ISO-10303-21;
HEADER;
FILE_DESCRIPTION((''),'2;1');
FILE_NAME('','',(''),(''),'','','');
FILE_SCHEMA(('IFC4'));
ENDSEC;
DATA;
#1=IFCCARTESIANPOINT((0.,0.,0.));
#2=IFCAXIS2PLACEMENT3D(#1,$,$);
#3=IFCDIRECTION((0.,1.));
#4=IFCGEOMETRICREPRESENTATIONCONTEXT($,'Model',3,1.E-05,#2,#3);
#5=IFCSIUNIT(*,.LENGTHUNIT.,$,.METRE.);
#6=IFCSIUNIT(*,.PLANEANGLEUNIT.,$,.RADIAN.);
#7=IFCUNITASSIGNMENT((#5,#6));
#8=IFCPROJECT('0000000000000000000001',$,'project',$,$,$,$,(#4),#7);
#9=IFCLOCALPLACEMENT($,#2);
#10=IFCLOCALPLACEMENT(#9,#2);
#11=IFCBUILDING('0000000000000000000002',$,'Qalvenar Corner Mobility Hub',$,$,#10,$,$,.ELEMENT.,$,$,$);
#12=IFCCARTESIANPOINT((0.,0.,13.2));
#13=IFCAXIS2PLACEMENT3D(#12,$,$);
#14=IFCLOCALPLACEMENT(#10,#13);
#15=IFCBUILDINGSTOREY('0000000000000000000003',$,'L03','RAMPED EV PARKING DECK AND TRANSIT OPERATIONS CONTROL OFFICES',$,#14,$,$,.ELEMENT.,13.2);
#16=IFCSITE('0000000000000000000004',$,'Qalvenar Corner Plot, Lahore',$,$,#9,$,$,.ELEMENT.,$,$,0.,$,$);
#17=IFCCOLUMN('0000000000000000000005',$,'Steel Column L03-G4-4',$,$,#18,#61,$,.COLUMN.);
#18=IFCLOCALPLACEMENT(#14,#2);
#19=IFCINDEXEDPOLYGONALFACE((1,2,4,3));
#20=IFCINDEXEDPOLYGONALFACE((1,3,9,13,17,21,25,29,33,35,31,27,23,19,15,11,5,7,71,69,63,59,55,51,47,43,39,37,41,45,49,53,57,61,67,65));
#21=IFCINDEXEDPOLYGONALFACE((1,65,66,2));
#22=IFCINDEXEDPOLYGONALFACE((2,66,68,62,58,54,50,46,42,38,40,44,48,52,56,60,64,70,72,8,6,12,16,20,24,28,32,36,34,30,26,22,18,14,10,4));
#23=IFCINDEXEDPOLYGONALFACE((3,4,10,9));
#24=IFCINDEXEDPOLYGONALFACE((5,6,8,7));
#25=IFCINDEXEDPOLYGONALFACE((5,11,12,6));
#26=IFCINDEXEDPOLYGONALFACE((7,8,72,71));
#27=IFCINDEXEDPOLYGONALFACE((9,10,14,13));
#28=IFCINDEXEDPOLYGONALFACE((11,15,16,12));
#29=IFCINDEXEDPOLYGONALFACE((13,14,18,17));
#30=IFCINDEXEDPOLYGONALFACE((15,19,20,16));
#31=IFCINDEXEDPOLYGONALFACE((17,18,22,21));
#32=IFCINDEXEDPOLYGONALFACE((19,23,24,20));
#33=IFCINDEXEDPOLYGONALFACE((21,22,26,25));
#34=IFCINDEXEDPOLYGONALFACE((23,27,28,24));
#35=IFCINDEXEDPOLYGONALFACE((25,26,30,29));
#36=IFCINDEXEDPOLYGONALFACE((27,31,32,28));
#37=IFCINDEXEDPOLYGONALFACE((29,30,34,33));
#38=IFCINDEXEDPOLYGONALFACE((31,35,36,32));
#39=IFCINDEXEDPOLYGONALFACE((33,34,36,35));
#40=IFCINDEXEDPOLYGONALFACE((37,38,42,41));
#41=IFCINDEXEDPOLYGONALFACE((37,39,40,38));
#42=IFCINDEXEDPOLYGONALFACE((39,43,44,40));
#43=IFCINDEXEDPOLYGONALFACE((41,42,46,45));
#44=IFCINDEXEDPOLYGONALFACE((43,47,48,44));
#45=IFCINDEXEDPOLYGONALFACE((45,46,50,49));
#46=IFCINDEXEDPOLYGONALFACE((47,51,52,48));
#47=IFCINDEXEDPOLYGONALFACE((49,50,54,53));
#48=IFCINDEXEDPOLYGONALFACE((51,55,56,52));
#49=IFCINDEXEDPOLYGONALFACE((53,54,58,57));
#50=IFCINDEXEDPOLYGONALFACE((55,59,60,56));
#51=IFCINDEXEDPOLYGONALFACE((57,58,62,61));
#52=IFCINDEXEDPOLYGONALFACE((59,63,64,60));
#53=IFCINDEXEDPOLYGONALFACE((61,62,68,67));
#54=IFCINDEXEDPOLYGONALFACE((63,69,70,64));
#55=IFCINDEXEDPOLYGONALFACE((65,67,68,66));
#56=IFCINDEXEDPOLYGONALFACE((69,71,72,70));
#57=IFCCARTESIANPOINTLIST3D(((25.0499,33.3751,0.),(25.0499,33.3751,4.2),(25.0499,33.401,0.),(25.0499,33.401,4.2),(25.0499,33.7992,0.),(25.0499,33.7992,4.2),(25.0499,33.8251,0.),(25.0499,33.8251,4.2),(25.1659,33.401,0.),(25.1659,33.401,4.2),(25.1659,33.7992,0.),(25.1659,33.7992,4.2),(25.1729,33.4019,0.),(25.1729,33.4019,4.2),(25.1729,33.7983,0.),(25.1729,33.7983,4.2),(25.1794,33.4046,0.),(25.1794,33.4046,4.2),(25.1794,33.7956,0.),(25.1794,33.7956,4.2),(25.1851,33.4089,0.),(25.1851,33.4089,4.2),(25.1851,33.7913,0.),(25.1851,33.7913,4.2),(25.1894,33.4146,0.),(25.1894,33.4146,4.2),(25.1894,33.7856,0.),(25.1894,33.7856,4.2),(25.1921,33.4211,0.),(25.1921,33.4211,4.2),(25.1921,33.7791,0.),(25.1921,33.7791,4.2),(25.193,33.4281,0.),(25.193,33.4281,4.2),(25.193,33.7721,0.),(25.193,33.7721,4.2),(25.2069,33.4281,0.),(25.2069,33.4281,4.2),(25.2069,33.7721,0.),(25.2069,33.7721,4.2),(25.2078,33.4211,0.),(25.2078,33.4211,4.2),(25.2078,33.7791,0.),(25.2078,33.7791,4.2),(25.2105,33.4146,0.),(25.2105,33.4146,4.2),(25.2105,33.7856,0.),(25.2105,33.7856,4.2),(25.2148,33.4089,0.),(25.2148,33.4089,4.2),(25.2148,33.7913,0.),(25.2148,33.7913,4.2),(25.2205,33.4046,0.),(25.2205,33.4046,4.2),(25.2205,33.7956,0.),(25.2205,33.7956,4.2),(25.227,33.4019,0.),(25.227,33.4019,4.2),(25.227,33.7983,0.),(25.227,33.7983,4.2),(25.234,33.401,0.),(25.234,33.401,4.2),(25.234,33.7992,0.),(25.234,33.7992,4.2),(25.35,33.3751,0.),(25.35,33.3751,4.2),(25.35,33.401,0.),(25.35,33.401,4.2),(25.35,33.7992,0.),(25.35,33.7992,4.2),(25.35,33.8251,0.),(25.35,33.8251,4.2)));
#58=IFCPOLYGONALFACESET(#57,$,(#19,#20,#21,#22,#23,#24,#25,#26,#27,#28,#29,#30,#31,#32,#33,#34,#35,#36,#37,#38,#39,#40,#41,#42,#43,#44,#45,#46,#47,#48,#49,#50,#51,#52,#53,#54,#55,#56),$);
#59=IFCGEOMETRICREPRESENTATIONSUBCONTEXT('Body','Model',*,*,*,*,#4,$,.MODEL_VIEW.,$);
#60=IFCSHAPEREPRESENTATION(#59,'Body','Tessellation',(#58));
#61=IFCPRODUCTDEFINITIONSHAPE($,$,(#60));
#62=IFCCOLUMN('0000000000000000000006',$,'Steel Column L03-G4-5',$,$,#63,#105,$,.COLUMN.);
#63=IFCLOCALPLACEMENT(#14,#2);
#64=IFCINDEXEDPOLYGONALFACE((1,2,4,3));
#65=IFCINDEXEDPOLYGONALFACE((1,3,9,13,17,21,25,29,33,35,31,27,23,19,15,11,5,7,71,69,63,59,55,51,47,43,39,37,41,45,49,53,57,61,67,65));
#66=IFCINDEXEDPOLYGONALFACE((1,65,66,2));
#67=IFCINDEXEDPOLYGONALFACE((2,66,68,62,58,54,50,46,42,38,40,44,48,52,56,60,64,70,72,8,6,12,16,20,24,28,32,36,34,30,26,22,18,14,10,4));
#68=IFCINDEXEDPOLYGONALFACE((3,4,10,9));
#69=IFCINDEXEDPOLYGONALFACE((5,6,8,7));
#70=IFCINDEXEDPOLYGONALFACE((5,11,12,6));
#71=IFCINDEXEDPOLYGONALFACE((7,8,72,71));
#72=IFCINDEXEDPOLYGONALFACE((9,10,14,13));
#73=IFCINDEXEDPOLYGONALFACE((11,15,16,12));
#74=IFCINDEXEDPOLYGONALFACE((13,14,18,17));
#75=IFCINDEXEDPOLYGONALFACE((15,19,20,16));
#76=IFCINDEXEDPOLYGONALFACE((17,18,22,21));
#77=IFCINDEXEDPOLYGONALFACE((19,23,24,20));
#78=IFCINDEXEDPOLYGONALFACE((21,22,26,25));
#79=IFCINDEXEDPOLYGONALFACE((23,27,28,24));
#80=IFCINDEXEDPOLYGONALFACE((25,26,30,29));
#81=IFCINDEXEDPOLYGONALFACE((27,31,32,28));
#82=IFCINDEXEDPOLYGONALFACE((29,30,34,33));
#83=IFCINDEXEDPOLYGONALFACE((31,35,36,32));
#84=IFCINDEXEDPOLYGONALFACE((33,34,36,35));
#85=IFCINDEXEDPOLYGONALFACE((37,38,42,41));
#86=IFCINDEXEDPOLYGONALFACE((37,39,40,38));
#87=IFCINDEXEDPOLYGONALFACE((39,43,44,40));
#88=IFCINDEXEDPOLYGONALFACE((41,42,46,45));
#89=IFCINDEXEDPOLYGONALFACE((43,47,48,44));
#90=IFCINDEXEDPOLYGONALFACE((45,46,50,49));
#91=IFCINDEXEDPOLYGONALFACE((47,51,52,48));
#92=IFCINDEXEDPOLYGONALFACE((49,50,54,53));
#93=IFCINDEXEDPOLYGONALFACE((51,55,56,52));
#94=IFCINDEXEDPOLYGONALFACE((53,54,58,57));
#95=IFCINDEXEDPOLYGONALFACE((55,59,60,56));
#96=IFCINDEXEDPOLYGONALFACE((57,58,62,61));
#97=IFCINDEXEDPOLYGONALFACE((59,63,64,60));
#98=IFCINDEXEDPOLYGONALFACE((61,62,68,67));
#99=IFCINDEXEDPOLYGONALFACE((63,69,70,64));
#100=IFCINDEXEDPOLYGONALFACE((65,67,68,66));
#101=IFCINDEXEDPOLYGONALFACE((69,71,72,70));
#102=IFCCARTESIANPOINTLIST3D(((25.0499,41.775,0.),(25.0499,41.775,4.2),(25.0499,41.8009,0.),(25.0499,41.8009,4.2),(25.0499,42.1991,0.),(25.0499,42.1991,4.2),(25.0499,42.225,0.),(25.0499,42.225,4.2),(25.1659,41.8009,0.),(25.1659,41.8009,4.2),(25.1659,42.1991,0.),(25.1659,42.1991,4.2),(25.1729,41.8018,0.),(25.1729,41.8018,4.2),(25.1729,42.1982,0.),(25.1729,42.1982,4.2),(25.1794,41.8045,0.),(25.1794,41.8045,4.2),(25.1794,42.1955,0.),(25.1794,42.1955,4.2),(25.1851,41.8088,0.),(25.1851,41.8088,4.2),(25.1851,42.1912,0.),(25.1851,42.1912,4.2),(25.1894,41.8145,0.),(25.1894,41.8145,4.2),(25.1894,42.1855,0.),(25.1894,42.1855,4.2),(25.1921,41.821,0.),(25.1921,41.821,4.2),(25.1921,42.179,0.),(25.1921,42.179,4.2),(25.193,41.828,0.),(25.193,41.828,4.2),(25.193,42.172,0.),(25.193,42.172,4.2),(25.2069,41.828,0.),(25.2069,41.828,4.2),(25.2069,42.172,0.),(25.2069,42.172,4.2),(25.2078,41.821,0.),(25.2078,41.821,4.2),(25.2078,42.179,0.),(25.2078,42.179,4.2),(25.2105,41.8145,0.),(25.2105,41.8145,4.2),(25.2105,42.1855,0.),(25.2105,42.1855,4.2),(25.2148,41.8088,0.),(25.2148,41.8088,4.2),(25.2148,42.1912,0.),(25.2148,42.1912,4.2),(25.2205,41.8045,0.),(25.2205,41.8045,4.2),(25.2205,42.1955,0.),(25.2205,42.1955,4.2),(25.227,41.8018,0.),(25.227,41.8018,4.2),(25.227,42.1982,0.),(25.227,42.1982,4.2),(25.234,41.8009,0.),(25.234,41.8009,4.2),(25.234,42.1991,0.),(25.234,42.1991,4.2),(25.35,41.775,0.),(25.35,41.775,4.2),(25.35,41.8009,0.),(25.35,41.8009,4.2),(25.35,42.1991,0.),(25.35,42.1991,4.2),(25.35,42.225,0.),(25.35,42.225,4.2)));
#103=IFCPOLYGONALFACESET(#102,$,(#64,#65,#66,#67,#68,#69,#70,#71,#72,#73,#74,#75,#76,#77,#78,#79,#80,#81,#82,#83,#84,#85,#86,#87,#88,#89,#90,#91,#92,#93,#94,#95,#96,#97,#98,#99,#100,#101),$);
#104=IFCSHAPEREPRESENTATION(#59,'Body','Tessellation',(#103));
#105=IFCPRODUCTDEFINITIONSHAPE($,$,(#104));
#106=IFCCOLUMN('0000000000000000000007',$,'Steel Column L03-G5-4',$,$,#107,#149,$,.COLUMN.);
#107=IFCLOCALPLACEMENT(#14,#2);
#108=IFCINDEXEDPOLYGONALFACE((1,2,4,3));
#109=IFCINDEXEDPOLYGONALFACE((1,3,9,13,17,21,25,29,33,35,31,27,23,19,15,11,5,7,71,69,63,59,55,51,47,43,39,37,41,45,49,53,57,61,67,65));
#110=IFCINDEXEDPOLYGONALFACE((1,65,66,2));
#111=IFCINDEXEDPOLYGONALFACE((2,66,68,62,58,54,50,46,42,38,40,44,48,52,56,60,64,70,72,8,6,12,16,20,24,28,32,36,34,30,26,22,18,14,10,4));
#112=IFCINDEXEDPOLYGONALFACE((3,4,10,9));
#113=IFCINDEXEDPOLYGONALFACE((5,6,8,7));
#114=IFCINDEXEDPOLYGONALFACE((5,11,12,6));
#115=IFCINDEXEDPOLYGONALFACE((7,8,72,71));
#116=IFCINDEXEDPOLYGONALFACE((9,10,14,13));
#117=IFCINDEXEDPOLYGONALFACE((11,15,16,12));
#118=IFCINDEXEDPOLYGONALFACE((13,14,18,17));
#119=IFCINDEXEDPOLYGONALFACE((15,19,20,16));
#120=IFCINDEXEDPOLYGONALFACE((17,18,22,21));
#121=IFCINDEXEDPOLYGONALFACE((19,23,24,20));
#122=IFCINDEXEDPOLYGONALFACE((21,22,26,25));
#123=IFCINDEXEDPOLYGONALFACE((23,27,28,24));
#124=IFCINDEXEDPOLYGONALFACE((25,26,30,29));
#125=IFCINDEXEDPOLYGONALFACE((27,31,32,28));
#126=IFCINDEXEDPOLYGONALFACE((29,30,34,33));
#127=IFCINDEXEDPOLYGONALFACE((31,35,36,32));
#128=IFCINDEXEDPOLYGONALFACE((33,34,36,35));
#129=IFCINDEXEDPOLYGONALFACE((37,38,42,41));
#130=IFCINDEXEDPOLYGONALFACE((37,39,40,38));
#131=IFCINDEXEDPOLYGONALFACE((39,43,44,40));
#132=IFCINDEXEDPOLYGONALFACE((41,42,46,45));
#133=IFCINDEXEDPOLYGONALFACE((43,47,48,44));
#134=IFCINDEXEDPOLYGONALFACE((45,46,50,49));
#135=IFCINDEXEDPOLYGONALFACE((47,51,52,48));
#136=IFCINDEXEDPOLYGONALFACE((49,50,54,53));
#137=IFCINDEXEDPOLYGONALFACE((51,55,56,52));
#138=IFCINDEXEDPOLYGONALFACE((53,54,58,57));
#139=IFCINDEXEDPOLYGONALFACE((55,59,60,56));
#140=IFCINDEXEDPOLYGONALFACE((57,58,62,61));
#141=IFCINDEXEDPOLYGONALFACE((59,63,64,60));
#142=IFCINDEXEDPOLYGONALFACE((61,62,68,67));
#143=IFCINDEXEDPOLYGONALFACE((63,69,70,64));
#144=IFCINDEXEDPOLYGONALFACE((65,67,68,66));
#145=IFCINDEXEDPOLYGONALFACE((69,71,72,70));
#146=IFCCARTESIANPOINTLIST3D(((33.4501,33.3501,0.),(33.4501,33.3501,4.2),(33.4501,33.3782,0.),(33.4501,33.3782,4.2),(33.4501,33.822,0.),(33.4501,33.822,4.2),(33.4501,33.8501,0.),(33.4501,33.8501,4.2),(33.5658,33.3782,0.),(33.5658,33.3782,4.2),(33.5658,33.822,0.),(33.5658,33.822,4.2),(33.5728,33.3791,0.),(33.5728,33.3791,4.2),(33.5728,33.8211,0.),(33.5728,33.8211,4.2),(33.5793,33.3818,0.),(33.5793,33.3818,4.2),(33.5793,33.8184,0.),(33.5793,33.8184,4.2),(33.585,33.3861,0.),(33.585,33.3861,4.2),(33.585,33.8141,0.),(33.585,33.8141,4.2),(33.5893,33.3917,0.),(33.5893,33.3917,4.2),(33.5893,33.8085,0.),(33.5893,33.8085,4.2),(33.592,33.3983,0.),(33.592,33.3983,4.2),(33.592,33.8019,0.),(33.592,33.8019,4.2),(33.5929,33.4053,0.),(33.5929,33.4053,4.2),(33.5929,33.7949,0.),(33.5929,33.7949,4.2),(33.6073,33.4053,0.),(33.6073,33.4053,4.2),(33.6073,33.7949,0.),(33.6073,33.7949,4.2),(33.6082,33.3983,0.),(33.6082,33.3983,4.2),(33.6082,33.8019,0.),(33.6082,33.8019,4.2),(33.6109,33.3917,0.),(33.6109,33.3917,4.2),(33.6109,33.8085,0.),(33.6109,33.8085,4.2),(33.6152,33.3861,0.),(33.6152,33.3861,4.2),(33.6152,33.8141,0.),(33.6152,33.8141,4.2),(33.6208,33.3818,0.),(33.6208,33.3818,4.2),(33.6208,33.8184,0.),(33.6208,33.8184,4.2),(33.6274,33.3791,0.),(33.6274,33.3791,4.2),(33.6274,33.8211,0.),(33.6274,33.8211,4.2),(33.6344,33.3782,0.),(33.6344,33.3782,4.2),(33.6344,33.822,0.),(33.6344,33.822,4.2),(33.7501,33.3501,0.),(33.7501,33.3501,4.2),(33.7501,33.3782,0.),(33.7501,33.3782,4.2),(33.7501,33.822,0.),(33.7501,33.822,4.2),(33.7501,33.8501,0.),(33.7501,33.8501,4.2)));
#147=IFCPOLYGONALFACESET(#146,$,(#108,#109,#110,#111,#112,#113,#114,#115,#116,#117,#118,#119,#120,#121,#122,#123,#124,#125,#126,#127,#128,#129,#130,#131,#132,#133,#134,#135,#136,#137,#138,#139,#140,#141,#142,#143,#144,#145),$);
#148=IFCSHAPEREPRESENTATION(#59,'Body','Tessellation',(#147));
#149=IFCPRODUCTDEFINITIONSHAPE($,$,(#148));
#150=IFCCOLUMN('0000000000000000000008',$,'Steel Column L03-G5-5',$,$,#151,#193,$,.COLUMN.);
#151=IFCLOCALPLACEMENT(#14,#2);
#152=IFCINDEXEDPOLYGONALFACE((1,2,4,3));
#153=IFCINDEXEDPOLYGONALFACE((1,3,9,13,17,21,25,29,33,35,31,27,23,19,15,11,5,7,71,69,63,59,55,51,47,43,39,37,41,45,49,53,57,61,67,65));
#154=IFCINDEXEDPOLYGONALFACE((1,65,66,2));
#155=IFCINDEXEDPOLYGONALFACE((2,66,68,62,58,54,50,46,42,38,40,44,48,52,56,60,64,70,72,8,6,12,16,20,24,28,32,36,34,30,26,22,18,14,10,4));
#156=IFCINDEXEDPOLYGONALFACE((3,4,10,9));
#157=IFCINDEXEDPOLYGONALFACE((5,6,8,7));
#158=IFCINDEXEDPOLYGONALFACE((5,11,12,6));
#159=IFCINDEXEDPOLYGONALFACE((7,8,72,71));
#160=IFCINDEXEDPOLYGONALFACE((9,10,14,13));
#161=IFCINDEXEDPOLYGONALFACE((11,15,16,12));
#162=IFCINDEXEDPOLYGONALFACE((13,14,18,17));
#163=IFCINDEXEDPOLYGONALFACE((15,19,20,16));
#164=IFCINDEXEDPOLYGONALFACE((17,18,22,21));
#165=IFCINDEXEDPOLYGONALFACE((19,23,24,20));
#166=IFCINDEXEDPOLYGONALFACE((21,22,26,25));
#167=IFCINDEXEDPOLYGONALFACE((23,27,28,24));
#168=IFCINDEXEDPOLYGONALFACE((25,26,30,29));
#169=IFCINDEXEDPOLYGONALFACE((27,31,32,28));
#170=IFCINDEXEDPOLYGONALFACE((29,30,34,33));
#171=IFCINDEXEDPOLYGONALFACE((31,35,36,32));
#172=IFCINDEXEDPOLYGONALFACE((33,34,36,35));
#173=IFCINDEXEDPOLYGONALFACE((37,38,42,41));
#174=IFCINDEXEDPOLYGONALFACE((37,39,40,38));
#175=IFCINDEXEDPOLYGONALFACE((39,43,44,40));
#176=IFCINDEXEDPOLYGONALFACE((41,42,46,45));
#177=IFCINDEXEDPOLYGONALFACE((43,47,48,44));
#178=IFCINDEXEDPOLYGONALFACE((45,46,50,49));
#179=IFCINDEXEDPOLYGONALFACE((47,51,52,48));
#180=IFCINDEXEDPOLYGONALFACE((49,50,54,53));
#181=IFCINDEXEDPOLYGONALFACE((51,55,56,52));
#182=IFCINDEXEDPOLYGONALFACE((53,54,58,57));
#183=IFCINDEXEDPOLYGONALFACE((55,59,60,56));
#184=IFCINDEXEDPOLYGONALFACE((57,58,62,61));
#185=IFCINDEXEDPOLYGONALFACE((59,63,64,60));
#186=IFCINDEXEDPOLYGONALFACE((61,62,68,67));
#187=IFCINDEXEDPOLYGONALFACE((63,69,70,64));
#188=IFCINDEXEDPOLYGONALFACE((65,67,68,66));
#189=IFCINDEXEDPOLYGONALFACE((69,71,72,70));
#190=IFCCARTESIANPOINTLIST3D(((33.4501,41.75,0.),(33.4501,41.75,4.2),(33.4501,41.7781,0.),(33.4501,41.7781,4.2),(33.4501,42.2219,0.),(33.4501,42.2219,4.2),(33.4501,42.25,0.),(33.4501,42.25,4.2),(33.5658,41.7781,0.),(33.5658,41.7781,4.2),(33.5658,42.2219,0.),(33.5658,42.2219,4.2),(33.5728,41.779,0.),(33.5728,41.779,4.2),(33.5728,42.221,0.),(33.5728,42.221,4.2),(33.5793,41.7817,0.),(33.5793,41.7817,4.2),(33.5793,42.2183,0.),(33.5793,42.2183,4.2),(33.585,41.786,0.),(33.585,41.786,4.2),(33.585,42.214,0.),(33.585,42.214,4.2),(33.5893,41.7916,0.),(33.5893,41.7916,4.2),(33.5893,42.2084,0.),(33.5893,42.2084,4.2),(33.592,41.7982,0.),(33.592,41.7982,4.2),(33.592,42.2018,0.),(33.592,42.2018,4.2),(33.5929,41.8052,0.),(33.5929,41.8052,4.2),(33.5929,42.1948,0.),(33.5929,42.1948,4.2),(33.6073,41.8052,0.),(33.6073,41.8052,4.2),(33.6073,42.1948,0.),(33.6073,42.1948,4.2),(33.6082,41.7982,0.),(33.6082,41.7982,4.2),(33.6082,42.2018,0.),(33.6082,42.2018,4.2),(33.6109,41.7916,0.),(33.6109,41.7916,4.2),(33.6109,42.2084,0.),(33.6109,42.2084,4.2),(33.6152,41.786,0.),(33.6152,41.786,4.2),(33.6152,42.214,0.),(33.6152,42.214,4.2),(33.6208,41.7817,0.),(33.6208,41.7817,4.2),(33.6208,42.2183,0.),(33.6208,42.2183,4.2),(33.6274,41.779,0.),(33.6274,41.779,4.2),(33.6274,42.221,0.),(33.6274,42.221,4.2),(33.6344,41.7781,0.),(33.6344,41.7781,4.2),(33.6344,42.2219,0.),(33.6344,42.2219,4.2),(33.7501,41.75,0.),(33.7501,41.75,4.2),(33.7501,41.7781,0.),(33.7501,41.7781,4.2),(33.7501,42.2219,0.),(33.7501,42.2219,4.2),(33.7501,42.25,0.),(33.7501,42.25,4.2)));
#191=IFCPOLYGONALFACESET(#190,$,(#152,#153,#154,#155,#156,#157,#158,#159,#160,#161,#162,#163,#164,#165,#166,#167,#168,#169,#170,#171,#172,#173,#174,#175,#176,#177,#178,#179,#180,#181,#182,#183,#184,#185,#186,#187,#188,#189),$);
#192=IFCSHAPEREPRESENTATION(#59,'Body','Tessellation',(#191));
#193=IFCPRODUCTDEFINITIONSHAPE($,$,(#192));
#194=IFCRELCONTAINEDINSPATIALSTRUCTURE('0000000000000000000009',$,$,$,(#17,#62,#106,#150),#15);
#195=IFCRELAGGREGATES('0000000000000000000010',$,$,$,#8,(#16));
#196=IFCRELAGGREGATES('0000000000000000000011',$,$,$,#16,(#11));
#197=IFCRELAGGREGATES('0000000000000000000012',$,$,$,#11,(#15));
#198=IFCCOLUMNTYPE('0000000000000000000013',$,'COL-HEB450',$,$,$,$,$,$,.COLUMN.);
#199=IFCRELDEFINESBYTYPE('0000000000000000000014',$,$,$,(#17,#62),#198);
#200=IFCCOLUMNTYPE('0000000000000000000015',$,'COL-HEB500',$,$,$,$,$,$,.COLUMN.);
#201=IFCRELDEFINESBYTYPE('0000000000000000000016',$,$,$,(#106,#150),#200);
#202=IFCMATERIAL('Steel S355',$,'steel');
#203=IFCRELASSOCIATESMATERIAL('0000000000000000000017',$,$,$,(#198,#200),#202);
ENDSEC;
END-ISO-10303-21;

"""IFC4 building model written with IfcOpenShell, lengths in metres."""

from ifc_helpers import new_model, si_unit, direction, frame, origin, origin_2d, place, context, subcontext, project, spatial, i_section, extrude, material, material_profile, profile_set, type_object, element, save


model = new_model("IFC4")

# Units and contexts
model_context = context("Model", 3, precision=1e-05, world=origin(), true_north=direction((0.0, 1.0)))
body_context = subcontext(model_context, "Body", "Model", "MODEL_VIEW")
ifc_project = project(units=[si_unit("LENGTHUNIT", "METRE"), si_unit("PLANEANGLEUNIT", "RADIAN")], contexts=[model_context])

# Site, building, storey
site_placement = place(None, origin())
site = spatial("IfcSite", under=ifc_project, at=site_placement, Name="Qalvenar Corner Plot, Lahore", CompositionType="ELEMENT", RefElevation=0.0)
building_placement = place(site_placement, origin())
building = spatial("IfcBuilding", under=site, at=building_placement, Name="Qalvenar Corner Mobility Hub", CompositionType="ELEMENT")
storey_placement = place(building_placement, frame((0.0, 0.0, 13.2)))
storey = spatial("IfcBuildingStorey", under=building, at=storey_placement, Name="L03", Description="RAMPED EV PARKING DECK AND TRANSIT OPERATIONS CONTROL OFFICES", CompositionType="ELEMENT", Elevation=13.2)

# Columns
ifc_material_1 = material(Name="Steel S355", Category="steel")
ifc_material_profile_1 = material_profile(ifc_material_1, i_section(OverallWidth=0.3, OverallDepth=0.45, WebThickness=0.0139, FlangeThickness=0.0259, FilletRadius=0.0271, at=origin_2d()), Name="HEB450")
ifc_profile_set_1 = profile_set([ifc_material_profile_1], Name="Steel S355")
column_type_1 = type_object("IfcColumnType", Name="COL-HEB450", PredefinedType="COLUMN", material=ifc_profile_set_1)
for number, where, z_axis, x_axis, name in (
    (1, (25.2, 33.6001, 0.0), (0.0, 0.0, 1.0), (1.0, 0.0, 0.0), "Steel Column L03-G4-4"),
    (2, (25.2, 42.0, 0.0), (0.0, 0.0, 1.0), (1.0, 0.0, 0.0), "Steel Column L03-G4-5"),
):
    element("IfcColumn", number, at=place(storey_placement, frame(where, z_axis=z_axis, x_axis=x_axis)), inside=storey, type_object=column_type_1, Name=name, PredefinedType="COLUMN", context=body_context, shape_type="SweptSolid", body=[
        extrude(i_section(OverallWidth=0.3, OverallDepth=0.45, WebThickness=0.0139, FlangeThickness=0.0259, FilletRadius=0.0271, at=origin_2d()), origin(), (0.0, 0.0, 1.0), 4.2),
    ])
ifc_material_profile_2 = material_profile(ifc_material_1, i_section(OverallWidth=0.3, OverallDepth=0.5, WebThickness=0.0144, FlangeThickness=0.0281, FilletRadius=0.0271, at=origin_2d()), Name="HEB500")
ifc_profile_set_2 = profile_set([ifc_material_profile_2], Name="Steel S355")
column_type_2 = type_object("IfcColumnType", Name="COL-HEB500", PredefinedType="COLUMN", material=ifc_profile_set_2)
for number, where, z_axis, x_axis, name in (
    (3, (33.6001, 33.6001, 0.0), (0.0, 0.0, 1.0), (1.0, 0.0, 0.0), "Steel Column L03-G5-4"),
    (4, (33.6001, 42.0, 0.0), (0.0, 0.0, 1.0), (1.0, 0.0, 0.0), "Steel Column L03-G5-5"),
):
    element("IfcColumn", number, at=place(storey_placement, frame(where, z_axis=z_axis, x_axis=x_axis)), inside=storey, type_object=column_type_2, Name=name, PredefinedType="COLUMN", context=body_context, shape_type="SweptSolid", body=[
        extrude(i_section(OverallWidth=0.3, OverallDepth=0.5, WebThickness=0.0144, FlangeThickness=0.0281, FilletRadius=0.0271, at=origin_2d()), origin(), (0.0, 0.0, 1.0), 4.2),
    ])

save(model, "model.ifc")
